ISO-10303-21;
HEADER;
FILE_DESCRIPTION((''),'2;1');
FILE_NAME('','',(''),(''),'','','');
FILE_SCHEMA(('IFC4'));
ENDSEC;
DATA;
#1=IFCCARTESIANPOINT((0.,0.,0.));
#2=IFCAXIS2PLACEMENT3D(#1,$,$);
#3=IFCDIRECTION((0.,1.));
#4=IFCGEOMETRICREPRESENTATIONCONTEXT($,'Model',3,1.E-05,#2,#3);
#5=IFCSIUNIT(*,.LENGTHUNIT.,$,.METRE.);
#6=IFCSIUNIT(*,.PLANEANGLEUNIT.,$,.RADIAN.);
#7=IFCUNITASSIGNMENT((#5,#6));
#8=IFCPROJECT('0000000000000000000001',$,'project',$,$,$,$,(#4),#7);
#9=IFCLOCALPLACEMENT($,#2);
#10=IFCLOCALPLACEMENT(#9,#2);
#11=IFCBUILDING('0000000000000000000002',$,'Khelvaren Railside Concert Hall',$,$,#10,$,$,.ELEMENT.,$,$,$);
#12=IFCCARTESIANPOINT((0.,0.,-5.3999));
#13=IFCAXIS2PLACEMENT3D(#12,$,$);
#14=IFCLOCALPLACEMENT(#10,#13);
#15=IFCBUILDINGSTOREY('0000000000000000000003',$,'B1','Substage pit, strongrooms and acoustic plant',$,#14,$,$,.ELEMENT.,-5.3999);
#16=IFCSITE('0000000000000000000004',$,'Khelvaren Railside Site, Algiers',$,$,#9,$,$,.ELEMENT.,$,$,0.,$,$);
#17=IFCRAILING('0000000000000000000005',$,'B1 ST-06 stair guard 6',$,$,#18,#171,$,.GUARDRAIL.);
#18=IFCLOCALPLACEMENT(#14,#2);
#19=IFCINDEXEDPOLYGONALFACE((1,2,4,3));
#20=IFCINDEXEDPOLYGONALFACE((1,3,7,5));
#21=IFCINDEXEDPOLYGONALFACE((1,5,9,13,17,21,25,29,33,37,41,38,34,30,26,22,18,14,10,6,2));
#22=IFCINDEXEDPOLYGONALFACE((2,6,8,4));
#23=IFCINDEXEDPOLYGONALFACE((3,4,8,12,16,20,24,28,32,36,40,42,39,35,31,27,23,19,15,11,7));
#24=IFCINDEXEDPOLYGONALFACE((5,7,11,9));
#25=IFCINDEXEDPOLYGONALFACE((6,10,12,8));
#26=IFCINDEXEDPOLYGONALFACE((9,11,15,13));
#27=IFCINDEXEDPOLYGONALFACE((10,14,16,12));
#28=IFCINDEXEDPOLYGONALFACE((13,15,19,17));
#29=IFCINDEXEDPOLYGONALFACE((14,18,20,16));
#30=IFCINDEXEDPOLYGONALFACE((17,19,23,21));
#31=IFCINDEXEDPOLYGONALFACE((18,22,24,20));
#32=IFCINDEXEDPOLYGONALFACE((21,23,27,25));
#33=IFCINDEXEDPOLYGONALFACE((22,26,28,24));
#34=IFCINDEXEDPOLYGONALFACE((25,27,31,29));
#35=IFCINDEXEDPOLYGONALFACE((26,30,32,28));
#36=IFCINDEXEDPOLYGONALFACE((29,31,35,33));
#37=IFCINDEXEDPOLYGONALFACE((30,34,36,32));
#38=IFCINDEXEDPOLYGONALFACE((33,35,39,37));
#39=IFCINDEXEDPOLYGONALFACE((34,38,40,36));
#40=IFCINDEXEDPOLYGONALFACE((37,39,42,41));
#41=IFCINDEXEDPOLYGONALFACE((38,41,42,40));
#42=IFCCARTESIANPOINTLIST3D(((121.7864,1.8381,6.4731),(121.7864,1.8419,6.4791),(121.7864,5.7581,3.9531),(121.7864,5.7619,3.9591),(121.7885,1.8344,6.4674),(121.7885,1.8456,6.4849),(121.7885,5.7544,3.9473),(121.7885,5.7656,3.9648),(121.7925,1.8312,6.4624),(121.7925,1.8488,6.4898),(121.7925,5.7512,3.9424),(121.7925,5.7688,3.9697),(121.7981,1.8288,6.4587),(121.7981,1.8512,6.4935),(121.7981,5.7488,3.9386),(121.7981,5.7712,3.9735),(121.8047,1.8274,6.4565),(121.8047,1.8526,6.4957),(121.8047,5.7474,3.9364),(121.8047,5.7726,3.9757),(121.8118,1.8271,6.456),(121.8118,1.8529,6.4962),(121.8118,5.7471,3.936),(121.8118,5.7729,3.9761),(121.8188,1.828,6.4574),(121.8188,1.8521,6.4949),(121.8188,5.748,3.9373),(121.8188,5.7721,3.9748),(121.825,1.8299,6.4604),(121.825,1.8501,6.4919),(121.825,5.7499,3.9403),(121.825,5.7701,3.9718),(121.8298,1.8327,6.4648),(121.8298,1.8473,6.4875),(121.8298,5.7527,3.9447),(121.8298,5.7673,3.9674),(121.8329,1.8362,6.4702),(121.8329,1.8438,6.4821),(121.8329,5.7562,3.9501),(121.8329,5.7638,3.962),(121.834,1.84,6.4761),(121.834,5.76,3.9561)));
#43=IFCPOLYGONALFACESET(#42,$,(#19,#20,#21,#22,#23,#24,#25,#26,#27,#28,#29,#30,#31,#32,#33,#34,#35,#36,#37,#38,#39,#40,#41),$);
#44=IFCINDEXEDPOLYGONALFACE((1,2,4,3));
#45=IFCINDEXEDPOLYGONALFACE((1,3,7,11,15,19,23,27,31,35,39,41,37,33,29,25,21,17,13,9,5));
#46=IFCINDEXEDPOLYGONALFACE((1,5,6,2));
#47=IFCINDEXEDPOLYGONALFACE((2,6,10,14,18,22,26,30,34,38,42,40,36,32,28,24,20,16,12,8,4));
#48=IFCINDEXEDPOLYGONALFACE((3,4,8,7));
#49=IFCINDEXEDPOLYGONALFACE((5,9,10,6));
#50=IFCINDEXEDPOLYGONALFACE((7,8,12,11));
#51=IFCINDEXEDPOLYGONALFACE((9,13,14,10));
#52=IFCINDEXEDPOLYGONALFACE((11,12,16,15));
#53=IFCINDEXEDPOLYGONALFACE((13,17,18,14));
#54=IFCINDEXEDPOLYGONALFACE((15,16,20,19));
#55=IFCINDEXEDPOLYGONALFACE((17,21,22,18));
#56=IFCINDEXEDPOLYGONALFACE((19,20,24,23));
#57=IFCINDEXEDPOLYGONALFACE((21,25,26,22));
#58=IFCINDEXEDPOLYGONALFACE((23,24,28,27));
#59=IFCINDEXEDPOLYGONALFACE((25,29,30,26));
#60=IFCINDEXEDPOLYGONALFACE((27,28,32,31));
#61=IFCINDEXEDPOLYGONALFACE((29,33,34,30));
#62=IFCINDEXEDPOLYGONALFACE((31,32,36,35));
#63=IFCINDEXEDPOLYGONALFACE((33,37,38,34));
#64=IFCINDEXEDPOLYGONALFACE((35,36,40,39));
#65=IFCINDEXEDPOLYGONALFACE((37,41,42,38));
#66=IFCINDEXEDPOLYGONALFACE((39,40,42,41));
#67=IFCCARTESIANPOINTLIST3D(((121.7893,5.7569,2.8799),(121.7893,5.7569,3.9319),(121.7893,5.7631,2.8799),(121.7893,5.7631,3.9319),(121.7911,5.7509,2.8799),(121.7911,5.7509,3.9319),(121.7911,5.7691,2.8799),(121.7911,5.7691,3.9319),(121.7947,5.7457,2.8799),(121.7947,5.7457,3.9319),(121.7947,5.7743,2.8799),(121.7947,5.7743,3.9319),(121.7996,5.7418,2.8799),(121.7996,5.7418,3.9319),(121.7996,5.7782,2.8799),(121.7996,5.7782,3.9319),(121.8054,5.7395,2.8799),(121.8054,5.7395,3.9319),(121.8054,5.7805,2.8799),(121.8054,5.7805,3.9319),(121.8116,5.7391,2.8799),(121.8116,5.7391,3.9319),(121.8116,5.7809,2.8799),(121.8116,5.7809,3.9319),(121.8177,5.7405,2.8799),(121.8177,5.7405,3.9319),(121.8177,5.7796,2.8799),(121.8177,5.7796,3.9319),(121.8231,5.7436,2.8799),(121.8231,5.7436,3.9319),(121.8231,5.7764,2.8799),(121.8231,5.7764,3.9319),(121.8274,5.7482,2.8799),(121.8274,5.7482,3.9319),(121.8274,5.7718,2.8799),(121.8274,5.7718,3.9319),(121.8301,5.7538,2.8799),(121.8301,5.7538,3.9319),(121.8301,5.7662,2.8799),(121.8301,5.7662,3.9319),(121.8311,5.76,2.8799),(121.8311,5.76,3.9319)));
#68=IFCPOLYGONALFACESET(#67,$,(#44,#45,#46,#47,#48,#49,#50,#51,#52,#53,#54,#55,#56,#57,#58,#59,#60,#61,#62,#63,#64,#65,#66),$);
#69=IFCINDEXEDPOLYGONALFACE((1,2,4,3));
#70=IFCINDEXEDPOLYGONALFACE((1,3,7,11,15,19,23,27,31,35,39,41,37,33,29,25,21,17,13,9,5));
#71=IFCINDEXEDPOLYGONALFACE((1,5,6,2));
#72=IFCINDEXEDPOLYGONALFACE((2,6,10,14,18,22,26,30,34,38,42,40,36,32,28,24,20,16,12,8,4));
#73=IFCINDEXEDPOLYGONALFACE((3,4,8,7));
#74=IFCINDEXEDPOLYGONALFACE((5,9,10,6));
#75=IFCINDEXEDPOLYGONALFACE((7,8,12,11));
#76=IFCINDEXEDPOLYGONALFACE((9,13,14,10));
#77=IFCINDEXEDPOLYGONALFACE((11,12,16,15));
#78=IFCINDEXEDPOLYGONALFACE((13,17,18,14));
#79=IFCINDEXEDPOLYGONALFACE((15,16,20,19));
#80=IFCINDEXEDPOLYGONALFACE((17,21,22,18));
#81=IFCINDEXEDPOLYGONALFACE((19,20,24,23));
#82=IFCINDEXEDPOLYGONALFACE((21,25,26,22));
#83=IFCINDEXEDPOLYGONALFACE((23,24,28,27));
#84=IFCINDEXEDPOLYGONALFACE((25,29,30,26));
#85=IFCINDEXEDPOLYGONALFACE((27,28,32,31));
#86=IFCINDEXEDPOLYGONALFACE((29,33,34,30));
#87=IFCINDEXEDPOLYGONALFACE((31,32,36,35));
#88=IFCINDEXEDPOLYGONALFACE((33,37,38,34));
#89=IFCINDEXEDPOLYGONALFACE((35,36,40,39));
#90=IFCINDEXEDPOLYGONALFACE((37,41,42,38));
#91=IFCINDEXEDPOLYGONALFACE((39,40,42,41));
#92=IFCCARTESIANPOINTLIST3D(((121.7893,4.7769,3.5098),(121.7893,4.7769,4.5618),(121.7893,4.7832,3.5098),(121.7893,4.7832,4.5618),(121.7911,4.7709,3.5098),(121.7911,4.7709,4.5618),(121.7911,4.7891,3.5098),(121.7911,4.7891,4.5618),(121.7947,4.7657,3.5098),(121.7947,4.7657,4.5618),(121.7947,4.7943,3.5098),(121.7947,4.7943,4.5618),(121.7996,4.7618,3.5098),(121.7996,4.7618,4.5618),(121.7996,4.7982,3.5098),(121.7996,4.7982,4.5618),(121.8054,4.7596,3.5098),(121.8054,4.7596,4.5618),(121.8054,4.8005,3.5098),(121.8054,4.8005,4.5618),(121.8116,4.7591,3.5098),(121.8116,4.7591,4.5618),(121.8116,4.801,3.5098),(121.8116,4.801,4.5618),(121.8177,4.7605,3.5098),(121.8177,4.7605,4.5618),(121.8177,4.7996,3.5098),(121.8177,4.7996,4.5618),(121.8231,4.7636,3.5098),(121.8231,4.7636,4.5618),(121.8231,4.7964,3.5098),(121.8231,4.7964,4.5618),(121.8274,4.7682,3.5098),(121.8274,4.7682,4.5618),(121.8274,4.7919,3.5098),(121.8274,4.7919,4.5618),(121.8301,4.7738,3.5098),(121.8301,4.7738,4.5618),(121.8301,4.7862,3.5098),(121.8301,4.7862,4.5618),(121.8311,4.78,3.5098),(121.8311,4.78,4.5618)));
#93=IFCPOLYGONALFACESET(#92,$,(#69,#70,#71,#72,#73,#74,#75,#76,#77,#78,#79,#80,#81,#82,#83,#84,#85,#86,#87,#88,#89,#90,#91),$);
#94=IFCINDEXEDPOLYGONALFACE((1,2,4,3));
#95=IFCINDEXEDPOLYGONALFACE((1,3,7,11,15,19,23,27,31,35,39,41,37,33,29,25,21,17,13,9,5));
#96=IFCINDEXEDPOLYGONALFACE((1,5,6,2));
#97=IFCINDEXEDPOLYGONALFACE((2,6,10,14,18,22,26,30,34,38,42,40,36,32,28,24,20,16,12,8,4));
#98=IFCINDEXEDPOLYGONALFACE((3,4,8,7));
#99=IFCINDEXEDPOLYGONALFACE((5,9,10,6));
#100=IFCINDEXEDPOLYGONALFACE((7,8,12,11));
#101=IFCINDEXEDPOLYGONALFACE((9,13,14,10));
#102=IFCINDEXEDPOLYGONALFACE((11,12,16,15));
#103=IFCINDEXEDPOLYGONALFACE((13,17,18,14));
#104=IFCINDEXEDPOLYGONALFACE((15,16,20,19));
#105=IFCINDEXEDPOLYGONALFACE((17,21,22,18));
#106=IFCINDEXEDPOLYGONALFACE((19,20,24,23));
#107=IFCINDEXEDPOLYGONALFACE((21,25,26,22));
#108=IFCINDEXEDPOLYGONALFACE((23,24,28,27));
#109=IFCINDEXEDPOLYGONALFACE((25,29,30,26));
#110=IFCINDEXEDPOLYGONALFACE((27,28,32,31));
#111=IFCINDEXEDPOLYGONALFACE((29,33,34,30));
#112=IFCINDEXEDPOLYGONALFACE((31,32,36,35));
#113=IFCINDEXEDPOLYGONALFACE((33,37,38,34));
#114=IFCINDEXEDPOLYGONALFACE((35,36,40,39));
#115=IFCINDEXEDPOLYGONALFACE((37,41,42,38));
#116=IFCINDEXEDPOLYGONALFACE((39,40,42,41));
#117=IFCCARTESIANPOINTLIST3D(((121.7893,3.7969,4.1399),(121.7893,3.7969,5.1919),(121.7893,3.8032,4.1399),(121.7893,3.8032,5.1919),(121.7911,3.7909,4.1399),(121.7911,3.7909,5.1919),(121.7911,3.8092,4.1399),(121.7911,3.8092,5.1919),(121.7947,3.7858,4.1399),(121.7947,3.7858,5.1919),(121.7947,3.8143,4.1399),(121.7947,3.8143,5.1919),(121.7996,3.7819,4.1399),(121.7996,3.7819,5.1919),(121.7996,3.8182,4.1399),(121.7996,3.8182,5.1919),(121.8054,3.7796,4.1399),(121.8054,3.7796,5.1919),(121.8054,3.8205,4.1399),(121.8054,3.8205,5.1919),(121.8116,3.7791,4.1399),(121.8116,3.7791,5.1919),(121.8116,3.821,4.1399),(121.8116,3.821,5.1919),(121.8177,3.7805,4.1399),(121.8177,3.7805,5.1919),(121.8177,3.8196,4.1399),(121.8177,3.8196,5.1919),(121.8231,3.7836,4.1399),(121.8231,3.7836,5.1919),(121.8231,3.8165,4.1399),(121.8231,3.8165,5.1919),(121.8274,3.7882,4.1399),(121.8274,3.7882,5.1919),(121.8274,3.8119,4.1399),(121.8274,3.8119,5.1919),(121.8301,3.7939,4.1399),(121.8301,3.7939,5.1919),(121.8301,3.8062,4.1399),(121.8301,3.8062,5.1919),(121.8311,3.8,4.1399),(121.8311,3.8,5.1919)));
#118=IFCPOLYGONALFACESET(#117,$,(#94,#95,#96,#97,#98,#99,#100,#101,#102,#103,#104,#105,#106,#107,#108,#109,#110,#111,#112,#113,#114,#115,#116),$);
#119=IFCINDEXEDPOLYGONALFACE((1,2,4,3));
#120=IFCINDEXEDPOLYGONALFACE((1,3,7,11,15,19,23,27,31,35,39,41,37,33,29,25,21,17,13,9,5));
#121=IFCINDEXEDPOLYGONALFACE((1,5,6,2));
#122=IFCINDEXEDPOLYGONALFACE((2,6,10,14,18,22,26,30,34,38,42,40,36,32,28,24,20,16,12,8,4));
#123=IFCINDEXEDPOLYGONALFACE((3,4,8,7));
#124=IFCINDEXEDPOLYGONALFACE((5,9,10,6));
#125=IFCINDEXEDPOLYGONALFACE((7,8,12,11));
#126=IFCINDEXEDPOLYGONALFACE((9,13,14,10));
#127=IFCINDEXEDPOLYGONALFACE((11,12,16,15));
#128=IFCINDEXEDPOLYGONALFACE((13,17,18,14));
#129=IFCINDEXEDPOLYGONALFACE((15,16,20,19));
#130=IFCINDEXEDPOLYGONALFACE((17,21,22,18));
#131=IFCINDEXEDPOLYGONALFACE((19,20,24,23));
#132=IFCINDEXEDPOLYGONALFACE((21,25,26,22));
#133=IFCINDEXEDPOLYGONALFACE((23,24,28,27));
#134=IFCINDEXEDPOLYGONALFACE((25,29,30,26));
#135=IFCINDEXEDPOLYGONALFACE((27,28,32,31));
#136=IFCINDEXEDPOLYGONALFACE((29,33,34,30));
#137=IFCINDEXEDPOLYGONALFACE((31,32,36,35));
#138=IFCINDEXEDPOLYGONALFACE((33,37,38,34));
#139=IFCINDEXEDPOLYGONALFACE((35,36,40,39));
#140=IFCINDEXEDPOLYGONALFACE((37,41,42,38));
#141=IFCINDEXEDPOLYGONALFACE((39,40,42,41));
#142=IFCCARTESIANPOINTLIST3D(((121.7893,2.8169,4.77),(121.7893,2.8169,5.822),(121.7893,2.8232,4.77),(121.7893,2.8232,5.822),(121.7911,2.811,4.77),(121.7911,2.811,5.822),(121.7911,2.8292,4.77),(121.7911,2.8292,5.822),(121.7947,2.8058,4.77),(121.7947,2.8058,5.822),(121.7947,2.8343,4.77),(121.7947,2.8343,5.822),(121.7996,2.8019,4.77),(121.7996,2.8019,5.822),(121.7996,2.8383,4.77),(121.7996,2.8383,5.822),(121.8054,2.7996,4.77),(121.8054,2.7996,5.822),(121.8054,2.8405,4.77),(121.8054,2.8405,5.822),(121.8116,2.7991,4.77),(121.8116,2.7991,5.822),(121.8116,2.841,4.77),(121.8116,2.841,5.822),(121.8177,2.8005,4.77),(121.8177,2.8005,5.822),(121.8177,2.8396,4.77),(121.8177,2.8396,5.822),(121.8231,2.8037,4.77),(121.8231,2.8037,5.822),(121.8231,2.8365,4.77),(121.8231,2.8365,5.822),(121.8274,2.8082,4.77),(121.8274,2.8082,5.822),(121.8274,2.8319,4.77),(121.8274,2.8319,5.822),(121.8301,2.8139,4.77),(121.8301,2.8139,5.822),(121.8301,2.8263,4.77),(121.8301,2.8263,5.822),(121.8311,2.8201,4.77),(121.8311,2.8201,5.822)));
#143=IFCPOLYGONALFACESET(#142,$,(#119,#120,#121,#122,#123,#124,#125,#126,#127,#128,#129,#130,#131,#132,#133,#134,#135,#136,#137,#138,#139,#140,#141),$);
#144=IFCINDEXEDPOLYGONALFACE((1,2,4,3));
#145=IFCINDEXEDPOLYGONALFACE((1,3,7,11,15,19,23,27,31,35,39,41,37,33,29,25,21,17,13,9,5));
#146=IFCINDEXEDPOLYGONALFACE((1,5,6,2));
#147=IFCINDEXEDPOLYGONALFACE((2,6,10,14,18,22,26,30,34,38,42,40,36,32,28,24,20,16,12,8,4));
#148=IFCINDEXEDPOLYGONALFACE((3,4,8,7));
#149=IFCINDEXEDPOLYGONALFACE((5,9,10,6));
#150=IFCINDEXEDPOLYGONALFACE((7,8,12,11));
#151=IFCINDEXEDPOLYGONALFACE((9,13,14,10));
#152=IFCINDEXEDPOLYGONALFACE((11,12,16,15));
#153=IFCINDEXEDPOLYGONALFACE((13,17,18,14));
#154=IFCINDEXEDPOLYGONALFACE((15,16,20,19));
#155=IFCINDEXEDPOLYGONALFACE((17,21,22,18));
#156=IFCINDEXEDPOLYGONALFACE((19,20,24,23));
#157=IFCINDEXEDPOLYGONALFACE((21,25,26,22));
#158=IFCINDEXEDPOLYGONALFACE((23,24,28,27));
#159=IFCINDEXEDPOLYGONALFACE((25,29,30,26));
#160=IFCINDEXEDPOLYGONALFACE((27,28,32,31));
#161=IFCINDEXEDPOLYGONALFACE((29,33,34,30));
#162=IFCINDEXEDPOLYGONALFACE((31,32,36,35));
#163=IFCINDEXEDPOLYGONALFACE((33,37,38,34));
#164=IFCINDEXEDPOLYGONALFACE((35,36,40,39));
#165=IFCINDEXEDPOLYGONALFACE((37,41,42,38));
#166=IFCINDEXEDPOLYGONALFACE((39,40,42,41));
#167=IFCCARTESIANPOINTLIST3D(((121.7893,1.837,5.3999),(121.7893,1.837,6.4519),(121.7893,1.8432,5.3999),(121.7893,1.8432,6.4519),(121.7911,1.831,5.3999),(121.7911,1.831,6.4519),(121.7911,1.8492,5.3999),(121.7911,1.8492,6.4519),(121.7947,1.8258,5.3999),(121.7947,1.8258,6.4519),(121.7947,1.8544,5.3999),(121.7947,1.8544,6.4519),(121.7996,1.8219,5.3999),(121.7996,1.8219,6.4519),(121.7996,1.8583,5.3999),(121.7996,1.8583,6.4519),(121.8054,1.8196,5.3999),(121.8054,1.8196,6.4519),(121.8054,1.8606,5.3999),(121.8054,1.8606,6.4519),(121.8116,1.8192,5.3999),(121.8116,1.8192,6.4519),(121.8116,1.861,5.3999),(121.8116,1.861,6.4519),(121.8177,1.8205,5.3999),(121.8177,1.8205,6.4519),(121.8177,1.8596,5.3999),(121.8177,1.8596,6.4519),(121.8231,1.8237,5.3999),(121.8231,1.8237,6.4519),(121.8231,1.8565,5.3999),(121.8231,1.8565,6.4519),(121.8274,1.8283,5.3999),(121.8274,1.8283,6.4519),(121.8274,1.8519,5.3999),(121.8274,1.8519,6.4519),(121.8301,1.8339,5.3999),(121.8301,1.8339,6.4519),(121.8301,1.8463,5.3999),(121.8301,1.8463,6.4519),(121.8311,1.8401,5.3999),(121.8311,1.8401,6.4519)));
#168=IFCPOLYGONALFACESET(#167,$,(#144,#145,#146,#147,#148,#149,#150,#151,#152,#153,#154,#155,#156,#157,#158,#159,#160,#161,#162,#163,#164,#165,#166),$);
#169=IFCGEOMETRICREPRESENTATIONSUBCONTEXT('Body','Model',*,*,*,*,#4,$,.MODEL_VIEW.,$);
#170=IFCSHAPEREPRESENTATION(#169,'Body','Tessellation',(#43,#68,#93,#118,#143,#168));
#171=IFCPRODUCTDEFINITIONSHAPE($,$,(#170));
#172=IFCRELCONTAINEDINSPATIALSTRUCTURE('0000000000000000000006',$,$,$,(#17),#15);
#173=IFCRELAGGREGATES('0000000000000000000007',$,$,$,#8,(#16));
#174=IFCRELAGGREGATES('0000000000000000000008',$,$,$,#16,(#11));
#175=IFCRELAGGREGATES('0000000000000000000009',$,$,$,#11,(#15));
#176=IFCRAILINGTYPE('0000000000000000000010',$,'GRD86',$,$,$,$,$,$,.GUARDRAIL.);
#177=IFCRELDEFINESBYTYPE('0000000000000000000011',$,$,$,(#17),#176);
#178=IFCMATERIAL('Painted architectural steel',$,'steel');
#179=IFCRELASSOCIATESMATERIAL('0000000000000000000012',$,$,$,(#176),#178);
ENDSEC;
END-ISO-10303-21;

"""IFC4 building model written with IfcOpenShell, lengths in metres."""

from ifc_helpers import new_model, si_unit, direction, frame, origin, origin_2d, place, context, subcontext, project, spatial, circle, extrude, material, type_object, element, save


model = new_model("IFC4")

# Units and contexts
model_context = context("Model", 3, precision=1e-05, world=origin(), true_north=direction((0.0, 1.0)))
body_context = subcontext(model_context, "Body", "Model", "MODEL_VIEW")
ifc_project = project(units=[si_unit("LENGTHUNIT", "METRE"), si_unit("PLANEANGLEUNIT", "RADIAN")], contexts=[model_context])

# Site, building, storey
site_placement = place(None, origin())
site = spatial("IfcSite", under=ifc_project, at=site_placement, Name="Khelvaren Railside Site, Algiers", CompositionType="ELEMENT", RefElevation=0.0)
building_placement = place(site_placement, origin())
building = spatial("IfcBuilding", under=site, at=building_placement, Name="Khelvaren Railside Concert Hall", CompositionType="ELEMENT")
storey_placement = place(building_placement, frame((0.0, 0.0, -5.3999)))
storey = spatial("IfcBuildingStorey", under=building, at=storey_placement, Name="B1", Description="Substage pit, strongrooms and acoustic plant", CompositionType="ELEMENT", Elevation=-5.3999)

# Railing
ifc_material_1 = material(Name="Painted architectural steel", Category="steel")
railing_type_1 = type_object("IfcRailingType", Name="GRD86", PredefinedType="GUARDRAIL", material=ifc_material_1)
railing_1_placement = place(storey_placement, frame((121.8101, 5.76, 2.8799)))
element("IfcRailing", 1, at=railing_1_placement, inside=storey, type_object=railing_type_1, Name="B1 ST-06 stair guard 6", PredefinedType="GUARDRAIL", context=body_context, shape_type="SweptSolid", body=[
    extrude(circle(Radius=0.0239, at=origin_2d()), frame((0.0, 0.0, 1.0762), z_axis=(0.0, -0.841172, 0.540768), x_axis=(1.0, 0.0, 0.0)), (0.0, 0.0, 1.0), 4.6602),
    extrude(circle(Radius=0.021, at=origin_2d()), origin(), (0.0, 0.0, 1.0), 1.052),
    extrude(circle(Radius=0.021, at=origin_2d()), frame((0.0, -0.98, 0.6299)), (0.0, 0.0, 1.0), 1.052),
    extrude(circle(Radius=0.021, at=origin_2d()), frame((0.0, -1.96, 1.26)), (0.0, 0.0, 1.0), 1.052),
    extrude(circle(Radius=0.021, at=origin_2d()), frame((0.0, -2.9399, 1.8901)), (0.0, 0.0, 1.0), 1.052),
    extrude(circle(Radius=0.021, at=origin_2d()), frame((0.0, -3.9199, 2.52)), (0.0, 0.0, 1.0), 1.052),
])

save(model, "model.ifc")
